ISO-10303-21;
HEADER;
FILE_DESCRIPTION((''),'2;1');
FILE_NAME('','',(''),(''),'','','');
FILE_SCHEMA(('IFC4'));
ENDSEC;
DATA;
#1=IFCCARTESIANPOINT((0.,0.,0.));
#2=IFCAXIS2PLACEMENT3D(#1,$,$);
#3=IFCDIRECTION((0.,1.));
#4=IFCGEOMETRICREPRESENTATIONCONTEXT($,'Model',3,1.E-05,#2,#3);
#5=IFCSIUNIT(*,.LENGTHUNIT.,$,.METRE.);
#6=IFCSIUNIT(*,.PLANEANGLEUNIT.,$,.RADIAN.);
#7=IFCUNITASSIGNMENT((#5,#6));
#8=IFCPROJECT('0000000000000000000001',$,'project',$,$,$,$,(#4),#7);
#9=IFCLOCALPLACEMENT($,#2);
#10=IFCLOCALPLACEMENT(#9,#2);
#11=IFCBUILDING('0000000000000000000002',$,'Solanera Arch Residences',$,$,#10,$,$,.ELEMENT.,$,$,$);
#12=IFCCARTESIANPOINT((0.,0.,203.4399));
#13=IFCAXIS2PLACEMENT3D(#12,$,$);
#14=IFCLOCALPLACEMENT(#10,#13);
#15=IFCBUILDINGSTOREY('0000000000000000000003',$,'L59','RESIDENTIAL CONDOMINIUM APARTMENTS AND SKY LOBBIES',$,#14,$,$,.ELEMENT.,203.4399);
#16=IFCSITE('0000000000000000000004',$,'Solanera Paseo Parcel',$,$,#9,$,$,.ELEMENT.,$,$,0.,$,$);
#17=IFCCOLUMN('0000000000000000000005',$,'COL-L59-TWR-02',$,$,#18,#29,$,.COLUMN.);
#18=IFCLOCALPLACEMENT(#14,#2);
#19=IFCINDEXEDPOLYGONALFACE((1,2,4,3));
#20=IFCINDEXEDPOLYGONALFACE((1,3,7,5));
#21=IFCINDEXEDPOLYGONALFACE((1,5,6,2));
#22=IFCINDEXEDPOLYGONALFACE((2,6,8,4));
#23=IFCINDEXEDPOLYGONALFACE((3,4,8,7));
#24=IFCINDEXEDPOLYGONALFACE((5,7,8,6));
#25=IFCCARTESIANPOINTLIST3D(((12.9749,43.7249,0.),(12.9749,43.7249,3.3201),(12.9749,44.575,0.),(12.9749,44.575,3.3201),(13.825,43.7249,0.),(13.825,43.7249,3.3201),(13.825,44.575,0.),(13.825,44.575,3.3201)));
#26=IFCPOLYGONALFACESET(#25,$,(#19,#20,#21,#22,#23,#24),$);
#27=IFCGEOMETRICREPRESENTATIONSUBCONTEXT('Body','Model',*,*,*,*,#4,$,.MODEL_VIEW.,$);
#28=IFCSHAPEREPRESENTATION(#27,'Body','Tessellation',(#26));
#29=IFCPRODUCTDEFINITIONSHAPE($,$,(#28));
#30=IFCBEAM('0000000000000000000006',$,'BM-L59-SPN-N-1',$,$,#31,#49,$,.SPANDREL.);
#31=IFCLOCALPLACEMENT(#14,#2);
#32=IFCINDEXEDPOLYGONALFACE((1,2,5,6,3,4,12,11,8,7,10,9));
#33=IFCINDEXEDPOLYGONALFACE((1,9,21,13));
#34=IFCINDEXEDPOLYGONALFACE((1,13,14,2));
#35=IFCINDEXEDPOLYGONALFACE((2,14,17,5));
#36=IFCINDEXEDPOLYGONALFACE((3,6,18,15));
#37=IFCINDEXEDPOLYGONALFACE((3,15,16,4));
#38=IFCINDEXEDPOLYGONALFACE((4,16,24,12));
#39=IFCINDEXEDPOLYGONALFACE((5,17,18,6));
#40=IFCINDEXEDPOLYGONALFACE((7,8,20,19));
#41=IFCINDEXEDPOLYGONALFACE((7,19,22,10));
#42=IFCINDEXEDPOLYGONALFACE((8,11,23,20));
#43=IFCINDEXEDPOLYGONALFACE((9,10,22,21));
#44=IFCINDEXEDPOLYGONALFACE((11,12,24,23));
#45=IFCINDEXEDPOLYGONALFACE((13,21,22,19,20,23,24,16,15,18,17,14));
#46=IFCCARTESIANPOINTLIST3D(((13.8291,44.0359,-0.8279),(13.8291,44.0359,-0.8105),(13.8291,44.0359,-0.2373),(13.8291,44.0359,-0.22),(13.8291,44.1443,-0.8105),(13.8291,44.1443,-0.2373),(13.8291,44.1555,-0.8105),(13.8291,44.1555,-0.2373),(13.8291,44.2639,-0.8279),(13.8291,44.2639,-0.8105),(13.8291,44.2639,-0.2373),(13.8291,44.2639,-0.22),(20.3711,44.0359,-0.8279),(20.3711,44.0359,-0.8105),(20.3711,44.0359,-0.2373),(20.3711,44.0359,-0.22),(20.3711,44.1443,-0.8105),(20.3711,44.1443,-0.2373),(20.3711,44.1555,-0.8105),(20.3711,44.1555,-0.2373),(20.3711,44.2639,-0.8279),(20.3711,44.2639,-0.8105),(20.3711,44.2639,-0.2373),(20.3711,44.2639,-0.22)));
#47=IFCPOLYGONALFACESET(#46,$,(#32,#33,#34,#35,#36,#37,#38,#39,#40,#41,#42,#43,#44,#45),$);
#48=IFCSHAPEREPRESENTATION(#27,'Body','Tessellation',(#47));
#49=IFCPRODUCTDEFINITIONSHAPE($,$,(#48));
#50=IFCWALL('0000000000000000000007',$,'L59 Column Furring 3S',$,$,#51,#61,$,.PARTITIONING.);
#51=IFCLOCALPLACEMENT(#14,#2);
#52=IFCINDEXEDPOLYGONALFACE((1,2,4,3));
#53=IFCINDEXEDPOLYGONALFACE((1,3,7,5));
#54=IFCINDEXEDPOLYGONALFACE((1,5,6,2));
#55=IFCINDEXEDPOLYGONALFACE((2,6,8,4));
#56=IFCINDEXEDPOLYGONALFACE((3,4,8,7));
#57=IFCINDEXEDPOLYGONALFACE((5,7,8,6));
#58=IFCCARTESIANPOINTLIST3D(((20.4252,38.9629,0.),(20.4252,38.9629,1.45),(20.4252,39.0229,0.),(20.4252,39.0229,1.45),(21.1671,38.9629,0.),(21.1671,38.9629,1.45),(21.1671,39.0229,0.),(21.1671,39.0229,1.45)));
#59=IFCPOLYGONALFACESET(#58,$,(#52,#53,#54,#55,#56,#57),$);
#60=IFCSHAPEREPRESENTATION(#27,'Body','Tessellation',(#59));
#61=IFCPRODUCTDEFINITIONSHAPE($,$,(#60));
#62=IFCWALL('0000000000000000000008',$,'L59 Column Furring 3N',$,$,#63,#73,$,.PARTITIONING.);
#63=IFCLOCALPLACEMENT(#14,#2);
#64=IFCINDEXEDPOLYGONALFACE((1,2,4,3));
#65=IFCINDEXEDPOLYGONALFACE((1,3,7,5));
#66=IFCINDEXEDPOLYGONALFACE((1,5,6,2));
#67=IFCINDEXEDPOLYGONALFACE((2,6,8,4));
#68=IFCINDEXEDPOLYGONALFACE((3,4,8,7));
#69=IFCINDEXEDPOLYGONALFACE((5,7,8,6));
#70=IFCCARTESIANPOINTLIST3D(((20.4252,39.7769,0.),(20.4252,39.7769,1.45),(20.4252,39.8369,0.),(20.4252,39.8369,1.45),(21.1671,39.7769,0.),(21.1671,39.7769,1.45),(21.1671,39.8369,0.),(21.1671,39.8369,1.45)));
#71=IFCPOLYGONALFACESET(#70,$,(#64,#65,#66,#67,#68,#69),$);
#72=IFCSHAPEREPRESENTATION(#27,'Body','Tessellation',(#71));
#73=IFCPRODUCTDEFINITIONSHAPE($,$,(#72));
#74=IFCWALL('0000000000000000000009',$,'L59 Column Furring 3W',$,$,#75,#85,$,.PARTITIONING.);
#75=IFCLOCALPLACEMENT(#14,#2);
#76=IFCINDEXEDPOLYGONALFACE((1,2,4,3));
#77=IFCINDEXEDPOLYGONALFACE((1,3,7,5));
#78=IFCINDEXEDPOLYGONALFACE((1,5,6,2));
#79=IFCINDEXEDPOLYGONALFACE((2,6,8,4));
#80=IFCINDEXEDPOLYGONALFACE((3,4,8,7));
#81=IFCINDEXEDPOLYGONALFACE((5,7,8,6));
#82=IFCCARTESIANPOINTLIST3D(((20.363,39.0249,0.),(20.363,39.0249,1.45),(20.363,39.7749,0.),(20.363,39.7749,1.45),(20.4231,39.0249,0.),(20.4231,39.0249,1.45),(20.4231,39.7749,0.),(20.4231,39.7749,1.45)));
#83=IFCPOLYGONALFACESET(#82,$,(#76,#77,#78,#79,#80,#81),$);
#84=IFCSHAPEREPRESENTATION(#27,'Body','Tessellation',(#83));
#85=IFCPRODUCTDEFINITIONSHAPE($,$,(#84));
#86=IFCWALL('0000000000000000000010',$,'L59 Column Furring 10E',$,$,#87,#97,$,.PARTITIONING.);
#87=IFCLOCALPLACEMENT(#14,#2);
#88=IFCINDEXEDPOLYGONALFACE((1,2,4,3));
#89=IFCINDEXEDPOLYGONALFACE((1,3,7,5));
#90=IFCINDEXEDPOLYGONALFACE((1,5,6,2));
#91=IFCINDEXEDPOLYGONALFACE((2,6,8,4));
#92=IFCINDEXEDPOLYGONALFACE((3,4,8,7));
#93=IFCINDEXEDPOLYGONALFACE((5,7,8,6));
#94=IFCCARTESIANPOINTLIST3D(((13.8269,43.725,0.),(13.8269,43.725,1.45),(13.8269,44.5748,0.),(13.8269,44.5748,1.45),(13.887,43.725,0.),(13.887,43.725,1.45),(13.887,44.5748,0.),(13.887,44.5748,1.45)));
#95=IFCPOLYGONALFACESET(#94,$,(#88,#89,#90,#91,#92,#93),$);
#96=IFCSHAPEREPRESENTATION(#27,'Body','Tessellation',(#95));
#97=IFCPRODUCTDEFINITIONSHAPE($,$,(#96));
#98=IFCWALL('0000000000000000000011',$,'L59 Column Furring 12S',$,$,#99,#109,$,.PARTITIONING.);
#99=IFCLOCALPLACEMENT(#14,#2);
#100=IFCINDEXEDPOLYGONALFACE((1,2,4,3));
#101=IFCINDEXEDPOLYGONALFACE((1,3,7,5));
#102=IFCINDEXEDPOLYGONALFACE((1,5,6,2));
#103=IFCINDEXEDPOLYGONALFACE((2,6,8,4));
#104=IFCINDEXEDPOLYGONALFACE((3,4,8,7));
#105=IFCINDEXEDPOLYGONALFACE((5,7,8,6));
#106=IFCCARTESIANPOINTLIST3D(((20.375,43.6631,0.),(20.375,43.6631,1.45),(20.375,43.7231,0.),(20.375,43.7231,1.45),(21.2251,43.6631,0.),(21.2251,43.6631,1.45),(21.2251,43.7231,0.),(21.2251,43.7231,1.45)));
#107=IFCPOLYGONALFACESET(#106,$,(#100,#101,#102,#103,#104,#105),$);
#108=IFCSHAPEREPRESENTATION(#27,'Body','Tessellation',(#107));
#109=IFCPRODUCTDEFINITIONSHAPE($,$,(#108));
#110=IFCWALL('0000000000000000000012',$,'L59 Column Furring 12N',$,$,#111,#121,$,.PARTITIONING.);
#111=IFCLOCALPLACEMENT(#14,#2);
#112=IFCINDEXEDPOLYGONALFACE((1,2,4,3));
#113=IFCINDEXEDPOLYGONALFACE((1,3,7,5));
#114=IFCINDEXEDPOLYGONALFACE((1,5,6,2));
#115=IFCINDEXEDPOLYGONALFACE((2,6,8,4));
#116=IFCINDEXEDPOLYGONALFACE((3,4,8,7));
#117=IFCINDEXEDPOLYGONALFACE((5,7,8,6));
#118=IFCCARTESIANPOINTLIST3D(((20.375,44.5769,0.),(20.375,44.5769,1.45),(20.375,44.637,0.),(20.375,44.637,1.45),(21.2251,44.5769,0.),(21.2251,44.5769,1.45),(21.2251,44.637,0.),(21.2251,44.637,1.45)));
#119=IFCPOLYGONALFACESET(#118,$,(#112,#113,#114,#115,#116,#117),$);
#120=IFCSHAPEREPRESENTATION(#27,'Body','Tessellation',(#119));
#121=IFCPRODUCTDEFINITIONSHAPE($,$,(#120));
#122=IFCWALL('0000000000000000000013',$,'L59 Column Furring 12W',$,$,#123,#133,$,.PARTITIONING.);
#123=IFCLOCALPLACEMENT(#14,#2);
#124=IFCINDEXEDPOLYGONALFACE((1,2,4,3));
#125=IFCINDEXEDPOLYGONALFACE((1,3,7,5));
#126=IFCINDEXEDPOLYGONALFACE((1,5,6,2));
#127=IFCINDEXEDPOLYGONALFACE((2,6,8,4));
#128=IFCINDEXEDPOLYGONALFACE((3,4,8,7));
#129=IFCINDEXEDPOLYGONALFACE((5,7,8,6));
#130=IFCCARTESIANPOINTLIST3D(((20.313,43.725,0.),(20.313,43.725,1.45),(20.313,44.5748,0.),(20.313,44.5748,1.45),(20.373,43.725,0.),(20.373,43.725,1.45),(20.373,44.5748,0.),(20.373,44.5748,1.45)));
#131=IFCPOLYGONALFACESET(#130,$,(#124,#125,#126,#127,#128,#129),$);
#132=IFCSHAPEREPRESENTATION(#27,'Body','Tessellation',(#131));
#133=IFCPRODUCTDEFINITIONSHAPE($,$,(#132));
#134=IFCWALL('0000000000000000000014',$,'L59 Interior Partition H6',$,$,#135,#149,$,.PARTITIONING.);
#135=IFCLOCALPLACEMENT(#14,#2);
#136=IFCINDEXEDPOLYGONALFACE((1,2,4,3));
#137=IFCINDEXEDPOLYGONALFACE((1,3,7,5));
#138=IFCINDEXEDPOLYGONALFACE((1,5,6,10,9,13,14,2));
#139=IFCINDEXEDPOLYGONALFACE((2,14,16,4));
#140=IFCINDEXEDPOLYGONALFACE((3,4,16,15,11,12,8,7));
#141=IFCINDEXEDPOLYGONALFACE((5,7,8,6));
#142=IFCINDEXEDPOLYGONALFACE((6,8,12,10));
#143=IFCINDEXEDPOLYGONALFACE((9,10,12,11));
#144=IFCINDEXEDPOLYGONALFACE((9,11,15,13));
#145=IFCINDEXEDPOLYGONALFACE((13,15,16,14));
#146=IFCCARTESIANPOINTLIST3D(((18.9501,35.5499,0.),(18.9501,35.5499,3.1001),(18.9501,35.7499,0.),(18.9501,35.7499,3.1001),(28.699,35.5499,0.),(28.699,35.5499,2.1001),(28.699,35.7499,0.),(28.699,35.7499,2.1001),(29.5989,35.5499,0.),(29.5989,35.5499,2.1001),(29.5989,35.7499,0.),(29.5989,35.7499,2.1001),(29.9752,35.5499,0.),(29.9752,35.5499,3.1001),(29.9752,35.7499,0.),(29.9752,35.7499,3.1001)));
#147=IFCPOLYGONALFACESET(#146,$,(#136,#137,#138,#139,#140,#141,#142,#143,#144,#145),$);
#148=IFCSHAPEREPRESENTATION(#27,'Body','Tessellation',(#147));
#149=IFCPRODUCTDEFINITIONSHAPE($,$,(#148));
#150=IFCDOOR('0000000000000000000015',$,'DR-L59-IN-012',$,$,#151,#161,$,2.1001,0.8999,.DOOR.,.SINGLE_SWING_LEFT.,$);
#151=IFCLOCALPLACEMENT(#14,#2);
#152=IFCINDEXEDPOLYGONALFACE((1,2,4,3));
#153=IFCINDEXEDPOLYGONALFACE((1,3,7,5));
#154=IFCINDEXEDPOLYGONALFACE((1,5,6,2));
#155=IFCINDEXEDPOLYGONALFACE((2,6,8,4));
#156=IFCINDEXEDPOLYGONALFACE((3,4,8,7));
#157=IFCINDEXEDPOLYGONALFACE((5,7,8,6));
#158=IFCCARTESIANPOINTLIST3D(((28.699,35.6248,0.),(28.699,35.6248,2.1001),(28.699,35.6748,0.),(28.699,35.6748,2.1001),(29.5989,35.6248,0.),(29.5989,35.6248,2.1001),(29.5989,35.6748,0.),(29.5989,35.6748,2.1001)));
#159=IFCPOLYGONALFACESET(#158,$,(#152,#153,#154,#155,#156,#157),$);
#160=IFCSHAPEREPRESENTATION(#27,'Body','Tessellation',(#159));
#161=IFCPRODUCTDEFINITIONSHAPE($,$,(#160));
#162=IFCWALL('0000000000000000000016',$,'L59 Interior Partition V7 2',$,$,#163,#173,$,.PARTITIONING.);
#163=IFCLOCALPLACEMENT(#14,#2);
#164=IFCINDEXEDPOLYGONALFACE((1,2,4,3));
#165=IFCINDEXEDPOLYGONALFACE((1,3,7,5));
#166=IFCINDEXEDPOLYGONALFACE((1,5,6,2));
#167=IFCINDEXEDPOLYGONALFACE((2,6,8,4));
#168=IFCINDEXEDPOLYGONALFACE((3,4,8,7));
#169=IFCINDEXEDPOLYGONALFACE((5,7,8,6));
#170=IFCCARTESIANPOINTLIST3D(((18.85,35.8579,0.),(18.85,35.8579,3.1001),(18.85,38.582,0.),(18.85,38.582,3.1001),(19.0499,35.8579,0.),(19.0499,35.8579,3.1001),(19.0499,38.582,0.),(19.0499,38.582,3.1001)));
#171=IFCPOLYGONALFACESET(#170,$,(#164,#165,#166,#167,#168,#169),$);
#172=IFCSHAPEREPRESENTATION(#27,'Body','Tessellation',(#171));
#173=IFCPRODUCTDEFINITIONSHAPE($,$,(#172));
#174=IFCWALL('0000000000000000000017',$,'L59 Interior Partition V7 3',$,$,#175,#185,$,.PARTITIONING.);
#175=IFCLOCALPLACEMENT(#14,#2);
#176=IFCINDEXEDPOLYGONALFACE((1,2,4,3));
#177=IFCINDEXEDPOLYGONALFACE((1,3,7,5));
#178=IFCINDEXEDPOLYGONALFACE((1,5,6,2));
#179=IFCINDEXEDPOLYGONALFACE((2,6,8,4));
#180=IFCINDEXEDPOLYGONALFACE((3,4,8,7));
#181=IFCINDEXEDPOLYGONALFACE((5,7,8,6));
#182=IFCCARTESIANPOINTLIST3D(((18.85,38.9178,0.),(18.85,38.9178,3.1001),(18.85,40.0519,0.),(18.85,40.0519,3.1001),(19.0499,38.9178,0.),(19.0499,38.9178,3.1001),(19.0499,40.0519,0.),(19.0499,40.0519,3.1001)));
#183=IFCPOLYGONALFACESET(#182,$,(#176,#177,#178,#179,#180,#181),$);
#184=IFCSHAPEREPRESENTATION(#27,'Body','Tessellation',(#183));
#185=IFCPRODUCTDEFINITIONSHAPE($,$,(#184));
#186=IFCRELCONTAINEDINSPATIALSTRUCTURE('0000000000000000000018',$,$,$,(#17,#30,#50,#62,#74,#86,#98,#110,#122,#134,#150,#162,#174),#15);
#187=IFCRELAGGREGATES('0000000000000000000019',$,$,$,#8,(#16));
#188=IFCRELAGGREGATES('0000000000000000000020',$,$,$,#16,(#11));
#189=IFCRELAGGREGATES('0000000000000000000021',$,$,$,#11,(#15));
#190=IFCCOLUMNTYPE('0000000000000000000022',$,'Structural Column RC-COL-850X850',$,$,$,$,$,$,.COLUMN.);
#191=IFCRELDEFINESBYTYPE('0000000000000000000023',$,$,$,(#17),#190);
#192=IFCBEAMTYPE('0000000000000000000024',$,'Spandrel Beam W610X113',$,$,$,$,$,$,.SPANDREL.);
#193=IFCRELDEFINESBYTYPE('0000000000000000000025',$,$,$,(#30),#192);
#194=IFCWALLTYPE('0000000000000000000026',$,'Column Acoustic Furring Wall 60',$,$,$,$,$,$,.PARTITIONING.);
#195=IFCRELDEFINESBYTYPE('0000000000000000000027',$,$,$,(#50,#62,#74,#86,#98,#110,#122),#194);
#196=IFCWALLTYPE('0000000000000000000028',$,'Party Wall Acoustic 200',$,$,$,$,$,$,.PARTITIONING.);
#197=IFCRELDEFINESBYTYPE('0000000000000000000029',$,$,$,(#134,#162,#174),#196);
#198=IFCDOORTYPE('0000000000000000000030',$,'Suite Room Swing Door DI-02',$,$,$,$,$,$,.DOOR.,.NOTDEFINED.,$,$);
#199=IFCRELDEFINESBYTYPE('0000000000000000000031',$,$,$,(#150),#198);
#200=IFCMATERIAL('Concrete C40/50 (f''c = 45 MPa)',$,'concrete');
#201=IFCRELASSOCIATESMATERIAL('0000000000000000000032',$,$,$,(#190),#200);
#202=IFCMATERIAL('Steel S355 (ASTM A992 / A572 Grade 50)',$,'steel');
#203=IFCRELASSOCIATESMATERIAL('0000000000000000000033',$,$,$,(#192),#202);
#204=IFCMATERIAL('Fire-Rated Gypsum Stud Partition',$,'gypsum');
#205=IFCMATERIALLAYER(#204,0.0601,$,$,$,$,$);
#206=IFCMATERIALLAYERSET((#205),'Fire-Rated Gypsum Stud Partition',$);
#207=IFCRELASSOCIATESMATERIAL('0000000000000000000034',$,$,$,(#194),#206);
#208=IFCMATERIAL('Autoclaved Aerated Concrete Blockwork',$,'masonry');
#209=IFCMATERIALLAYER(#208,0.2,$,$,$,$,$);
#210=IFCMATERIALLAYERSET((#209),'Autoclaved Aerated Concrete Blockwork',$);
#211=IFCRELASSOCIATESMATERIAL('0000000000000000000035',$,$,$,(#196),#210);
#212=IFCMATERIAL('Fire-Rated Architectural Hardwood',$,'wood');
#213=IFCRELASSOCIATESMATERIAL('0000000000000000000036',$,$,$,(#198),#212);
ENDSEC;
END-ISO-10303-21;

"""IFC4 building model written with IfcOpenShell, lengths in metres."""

from ifc_helpers import new_model, si_unit, direction, frame, frame_2d, origin, origin_2d, place, context, subcontext, project, spatial, rectangle, i_section, extrude, material, layer, layer_set, material_profile, profile_set, type_object, element, fill, save


model = new_model("IFC4")

# Units and contexts
model_context = context("Model", 3, precision=1e-05, world=origin(), true_north=direction((0.0, 1.0)))
body_context = subcontext(model_context, "Body", "Model", "MODEL_VIEW")
ifc_project = project(units=[si_unit("LENGTHUNIT", "METRE"), si_unit("PLANEANGLEUNIT", "RADIAN")], contexts=[model_context])

# Site, building, storey
site_placement = place(None, origin())
site = spatial("IfcSite", under=ifc_project, at=site_placement, Name="Solanera Paseo Parcel", CompositionType="ELEMENT", RefElevation=0.0)
building_placement = place(site_placement, origin())
building = spatial("IfcBuilding", under=site, at=building_placement, Name="Solanera Arch Residences", CompositionType="ELEMENT")
storey_placement = place(building_placement, frame((0.0, 0.0, 203.4399)))
storey = spatial("IfcBuildingStorey", under=building, at=storey_placement, Name="L59", Description="RESIDENTIAL CONDOMINIUM APARTMENTS AND SKY LOBBIES", CompositionType="ELEMENT", Elevation=203.4399)

# Column
ifc_material_1 = material(Name="Concrete C40/50 (f'c = 45 MPa)", Category="concrete")
ifc_material_profile_1 = material_profile(ifc_material_1, rectangle(XDim=0.8501, YDim=0.8501, at=origin_2d()))
ifc_profile_set_1 = profile_set([ifc_material_profile_1], Name="Concrete C40/50 (f'c = 45 MPa)")
column_type = type_object("IfcColumnType", Name="Structural Column RC-COL-850X850", PredefinedType="COLUMN", material=ifc_profile_set_1)
column_placement = place(storey_placement, frame((13.3999, 44.1499, 0.0), z_axis=(0.0, 0.0, 1.0), x_axis=(1.0, 0.0, 0.0)))
element("IfcColumn", 1, at=column_placement, inside=storey, type_object=column_type, Name="COL-L59-TWR-02", PredefinedType="COLUMN", context=body_context, shape_type="SweptSolid", body=[
    extrude(rectangle(XDim=0.8501, YDim=0.8501, at=origin_2d()), origin(), (0.0, 0.0, 1.0), 3.3201),
])

# Beam
ifc_material_2 = material(Name="Steel S355 (ASTM A992 / A572 Grade 50)", Category="steel")
ifc_material_profile_2 = material_profile(ifc_material_2, i_section(OverallWidth=0.228, OverallDepth=0.6079, WebThickness=0.0112, FlangeThickness=0.0173, at=origin_2d()))
ifc_profile_set_2 = profile_set([ifc_material_profile_2], Name="Steel S355 (ASTM A992 / A572 Grade 50)")
beam_type = type_object("IfcBeamType", Name="Spandrel Beam W610X113", PredefinedType="SPANDREL", material=ifc_profile_set_2)
beam_placement = place(storey_placement, frame((13.8291, 44.1499, -0.5239), z_axis=(1.0, 0.0, 0.0), x_axis=(0.0, 1.0, 0.0)))
element("IfcBeam", 2, at=beam_placement, inside=storey, type_object=beam_type, Name="BM-L59-SPN-N-1", PredefinedType="SPANDREL", context=body_context, shape_type="SweptSolid", body=[
    extrude(i_section(OverallWidth=0.228, OverallDepth=0.6079, WebThickness=0.0112, FlangeThickness=0.0173, at=origin_2d()), origin(), (0.0, 0.0, 1.0), 6.542),
])

# Walls
ifc_material_3 = material(Name="Fire-Rated Gypsum Stud Partition", Category="gypsum")
ifc_layer_1 = layer(ifc_material_3, 0.0601)
ifc_layer_set_1 = layer_set([ifc_layer_1], Name="Fire-Rated Gypsum Stud Partition")
wall_type_1 = type_object("IfcWallType", Name="Column Acoustic Furring Wall 60", PredefinedType="PARTITIONING", material=ifc_layer_set_1)
for number, where, z_axis, x_axis, name in (
    (3, (20.425, 38.9929, 0.0), (0.0, 0.0, 1.0), (1.0, 0.0, 0.0), "L59 Column Furring 3S"),
    (4, (20.425, 39.8069, 0.0), (0.0, 0.0, 1.0), (1.0, 0.0, 0.0), "L59 Column Furring 3N"),
):
    element("IfcWall", number, at=place(storey_placement, frame(where, z_axis=z_axis, x_axis=x_axis)), inside=storey, type_object=wall_type_1, Name=name, PredefinedType="PARTITIONING", context=body_context, shape_type="SweptSolid", body=[
        extrude(rectangle(XDim=0.7419, YDim=0.0601, at=frame_2d((0.3711, 0.0))), origin(), (0.0, 0.0, 1.0), 1.45),
    ])
wall_1_placement = place(storey_placement, frame((20.3931, 39.0249, 0.0), z_axis=(0.0, 0.0, 1.0), x_axis=(0.0, 1.0, 0.0)))
element("IfcWall", 5, at=wall_1_placement, inside=storey, type_object=wall_type_1, Name="L59 Column Furring 3W", PredefinedType="PARTITIONING", context=body_context, shape_type="SweptSolid", body=[
    extrude(rectangle(XDim=0.75, YDim=0.0601, at=frame_2d((0.375, 0.0))), origin(), (0.0, 0.0, 1.0), 1.45),
])
wall_2_placement = place(storey_placement, frame((13.8569, 43.7251, 0.0), z_axis=(0.0, 0.0, 1.0), x_axis=(0.0, 1.0, 0.0)))
element("IfcWall", 6, at=wall_2_placement, inside=storey, type_object=wall_type_1, Name="L59 Column Furring 10E", PredefinedType="PARTITIONING", context=body_context, shape_type="SweptSolid", body=[
    extrude(rectangle(XDim=0.8499, YDim=0.0601, at=frame_2d((0.4248, 0.0))), origin(), (0.0, 0.0, 1.0), 1.45),
])
for number, where, z_axis, x_axis, name in (
    (7, (20.375, 43.6931, 0.0), (0.0, 0.0, 1.0), (1.0, 0.0, 0.0), "L59 Column Furring 12S"),
    (8, (20.375, 44.6069, 0.0), (0.0, 0.0, 1.0), (1.0, 0.0, 0.0), "L59 Column Furring 12N"),
):
    element("IfcWall", number, at=place(storey_placement, frame(where, z_axis=z_axis, x_axis=x_axis)), inside=storey, type_object=wall_type_1, Name=name, PredefinedType="PARTITIONING", context=body_context, shape_type="SweptSolid", body=[
        extrude(rectangle(XDim=0.8501, YDim=0.0601, at=frame_2d((0.425, 0.0))), origin(), (0.0, 0.0, 1.0), 1.45),
    ])
wall_3_placement = place(storey_placement, frame((20.343, 43.7251, 0.0), z_axis=(0.0, 0.0, 1.0), x_axis=(0.0, 1.0, 0.0)))
element("IfcWall", 9, at=wall_3_placement, inside=storey, type_object=wall_type_1, Name="L59 Column Furring 12W", PredefinedType="PARTITIONING", context=body_context, shape_type="SweptSolid", body=[
    extrude(rectangle(XDim=0.8499, YDim=0.0601, at=frame_2d((0.4248, 0.0))), origin(), (0.0, 0.0, 1.0), 1.45),
])

# Wall, opening, door
ifc_material_4 = material(Name="Autoclaved Aerated Concrete Blockwork", Category="masonry")
ifc_layer_2 = layer(ifc_material_4, 0.2)
ifc_layer_set_2 = layer_set([ifc_layer_2], Name="Autoclaved Aerated Concrete Blockwork")
wall_type_2 = type_object("IfcWallType", Name="Party Wall Acoustic 200", PredefinedType="PARTITIONING", material=ifc_layer_set_2)
wall_4_placement = place(storey_placement, frame((18.95, 35.6499, 0.0), z_axis=(0.0, 0.0, 1.0), x_axis=(1.0, 0.0, 0.0)))
wall_4 = element("IfcWall", 10, at=wall_4_placement, inside=storey, type_object=wall_type_2, Name="L59 Interior Partition H6", PredefinedType="PARTITIONING", context=body_context, shape_type="SweptSolid", body=[
    extrude(rectangle(XDim=11.0251, YDim=0.2, at=frame_2d((5.5127, 0.0))), origin(), (0.0, 0.0, 1.0), 3.1001),
])
opening_1_placement = place(wall_4_placement, frame((9.749, 0.0, 0.0)))
opening_1 = element("IfcOpeningElement", 11, at=opening_1_placement, cuts=wall_4, PredefinedType="OPENING", context=body_context, shape_type="SweptSolid", body=[
    extrude(rectangle(XDim=0.8999, YDim=2.1001, at=frame_2d((0.45, 1.05))), frame((0.0, 0.1101, 0.0), z_axis=(0.0, -1.0, 0.0), x_axis=(1.0, 0.0, 0.0)), (0.0, 0.0, 1.0), 0.22),
])
ifc_material_5 = material(Name="Fire-Rated Architectural Hardwood", Category="wood")
door_type_1 = type_object("IfcDoorType", Name="Suite Room Swing Door DI-02", OperationType="NOTDEFINED", PredefinedType="DOOR", material=ifc_material_5)
door_1_placement = place(opening_1_placement, origin())
door_1 = element("IfcDoor", 12, at=door_1_placement, inside=storey, type_object=door_type_1, Name="DR-L59-IN-012", OperationType="SINGLE_SWING_LEFT", OverallHeight=2.1001, OverallWidth=0.8999, PredefinedType="DOOR", context=body_context, shape_type="SweptSolid", body=[
    extrude(rectangle(XDim=0.8999, YDim=2.1001, at=frame_2d((0.45, 1.05))), frame((0.0, 0.0249, 0.0), z_axis=(0.0, -1.0, 0.0), x_axis=(1.0, 0.0, 0.0)), (0.0, 0.0, 1.0), 0.05),
])
fill(opening_1, door_1)

# Walls
wall_5_placement = place(storey_placement, frame((18.95, 35.8579, 0.0), z_axis=(0.0, 0.0, 1.0), x_axis=(0.0, 1.0, 0.0)))
element("IfcWall", 13, at=wall_5_placement, inside=storey, type_object=wall_type_2, Name="L59 Interior Partition V7 2", PredefinedType="PARTITIONING", context=body_context, shape_type="SweptSolid", body=[
    extrude(rectangle(XDim=2.7241, YDim=0.2, at=frame_2d((1.3621, 0.0))), origin(), (0.0, 0.0, 1.0), 3.1001),
])
wall_6_placement = place(storey_placement, frame((18.95, 38.918, 0.0), z_axis=(0.0, 0.0, 1.0), x_axis=(0.0, 1.0, 0.0)))
element("IfcWall", 14, at=wall_6_placement, inside=storey, type_object=wall_type_2, Name="L59 Interior Partition V7 3", PredefinedType="PARTITIONING", context=body_context, shape_type="SweptSolid", body=[
    extrude(rectangle(XDim=1.134, YDim=0.2, at=frame_2d((0.5669, 0.0))), origin(), (0.0, 0.0, 1.0), 3.1001),
])

save(model, "model.ifc")
